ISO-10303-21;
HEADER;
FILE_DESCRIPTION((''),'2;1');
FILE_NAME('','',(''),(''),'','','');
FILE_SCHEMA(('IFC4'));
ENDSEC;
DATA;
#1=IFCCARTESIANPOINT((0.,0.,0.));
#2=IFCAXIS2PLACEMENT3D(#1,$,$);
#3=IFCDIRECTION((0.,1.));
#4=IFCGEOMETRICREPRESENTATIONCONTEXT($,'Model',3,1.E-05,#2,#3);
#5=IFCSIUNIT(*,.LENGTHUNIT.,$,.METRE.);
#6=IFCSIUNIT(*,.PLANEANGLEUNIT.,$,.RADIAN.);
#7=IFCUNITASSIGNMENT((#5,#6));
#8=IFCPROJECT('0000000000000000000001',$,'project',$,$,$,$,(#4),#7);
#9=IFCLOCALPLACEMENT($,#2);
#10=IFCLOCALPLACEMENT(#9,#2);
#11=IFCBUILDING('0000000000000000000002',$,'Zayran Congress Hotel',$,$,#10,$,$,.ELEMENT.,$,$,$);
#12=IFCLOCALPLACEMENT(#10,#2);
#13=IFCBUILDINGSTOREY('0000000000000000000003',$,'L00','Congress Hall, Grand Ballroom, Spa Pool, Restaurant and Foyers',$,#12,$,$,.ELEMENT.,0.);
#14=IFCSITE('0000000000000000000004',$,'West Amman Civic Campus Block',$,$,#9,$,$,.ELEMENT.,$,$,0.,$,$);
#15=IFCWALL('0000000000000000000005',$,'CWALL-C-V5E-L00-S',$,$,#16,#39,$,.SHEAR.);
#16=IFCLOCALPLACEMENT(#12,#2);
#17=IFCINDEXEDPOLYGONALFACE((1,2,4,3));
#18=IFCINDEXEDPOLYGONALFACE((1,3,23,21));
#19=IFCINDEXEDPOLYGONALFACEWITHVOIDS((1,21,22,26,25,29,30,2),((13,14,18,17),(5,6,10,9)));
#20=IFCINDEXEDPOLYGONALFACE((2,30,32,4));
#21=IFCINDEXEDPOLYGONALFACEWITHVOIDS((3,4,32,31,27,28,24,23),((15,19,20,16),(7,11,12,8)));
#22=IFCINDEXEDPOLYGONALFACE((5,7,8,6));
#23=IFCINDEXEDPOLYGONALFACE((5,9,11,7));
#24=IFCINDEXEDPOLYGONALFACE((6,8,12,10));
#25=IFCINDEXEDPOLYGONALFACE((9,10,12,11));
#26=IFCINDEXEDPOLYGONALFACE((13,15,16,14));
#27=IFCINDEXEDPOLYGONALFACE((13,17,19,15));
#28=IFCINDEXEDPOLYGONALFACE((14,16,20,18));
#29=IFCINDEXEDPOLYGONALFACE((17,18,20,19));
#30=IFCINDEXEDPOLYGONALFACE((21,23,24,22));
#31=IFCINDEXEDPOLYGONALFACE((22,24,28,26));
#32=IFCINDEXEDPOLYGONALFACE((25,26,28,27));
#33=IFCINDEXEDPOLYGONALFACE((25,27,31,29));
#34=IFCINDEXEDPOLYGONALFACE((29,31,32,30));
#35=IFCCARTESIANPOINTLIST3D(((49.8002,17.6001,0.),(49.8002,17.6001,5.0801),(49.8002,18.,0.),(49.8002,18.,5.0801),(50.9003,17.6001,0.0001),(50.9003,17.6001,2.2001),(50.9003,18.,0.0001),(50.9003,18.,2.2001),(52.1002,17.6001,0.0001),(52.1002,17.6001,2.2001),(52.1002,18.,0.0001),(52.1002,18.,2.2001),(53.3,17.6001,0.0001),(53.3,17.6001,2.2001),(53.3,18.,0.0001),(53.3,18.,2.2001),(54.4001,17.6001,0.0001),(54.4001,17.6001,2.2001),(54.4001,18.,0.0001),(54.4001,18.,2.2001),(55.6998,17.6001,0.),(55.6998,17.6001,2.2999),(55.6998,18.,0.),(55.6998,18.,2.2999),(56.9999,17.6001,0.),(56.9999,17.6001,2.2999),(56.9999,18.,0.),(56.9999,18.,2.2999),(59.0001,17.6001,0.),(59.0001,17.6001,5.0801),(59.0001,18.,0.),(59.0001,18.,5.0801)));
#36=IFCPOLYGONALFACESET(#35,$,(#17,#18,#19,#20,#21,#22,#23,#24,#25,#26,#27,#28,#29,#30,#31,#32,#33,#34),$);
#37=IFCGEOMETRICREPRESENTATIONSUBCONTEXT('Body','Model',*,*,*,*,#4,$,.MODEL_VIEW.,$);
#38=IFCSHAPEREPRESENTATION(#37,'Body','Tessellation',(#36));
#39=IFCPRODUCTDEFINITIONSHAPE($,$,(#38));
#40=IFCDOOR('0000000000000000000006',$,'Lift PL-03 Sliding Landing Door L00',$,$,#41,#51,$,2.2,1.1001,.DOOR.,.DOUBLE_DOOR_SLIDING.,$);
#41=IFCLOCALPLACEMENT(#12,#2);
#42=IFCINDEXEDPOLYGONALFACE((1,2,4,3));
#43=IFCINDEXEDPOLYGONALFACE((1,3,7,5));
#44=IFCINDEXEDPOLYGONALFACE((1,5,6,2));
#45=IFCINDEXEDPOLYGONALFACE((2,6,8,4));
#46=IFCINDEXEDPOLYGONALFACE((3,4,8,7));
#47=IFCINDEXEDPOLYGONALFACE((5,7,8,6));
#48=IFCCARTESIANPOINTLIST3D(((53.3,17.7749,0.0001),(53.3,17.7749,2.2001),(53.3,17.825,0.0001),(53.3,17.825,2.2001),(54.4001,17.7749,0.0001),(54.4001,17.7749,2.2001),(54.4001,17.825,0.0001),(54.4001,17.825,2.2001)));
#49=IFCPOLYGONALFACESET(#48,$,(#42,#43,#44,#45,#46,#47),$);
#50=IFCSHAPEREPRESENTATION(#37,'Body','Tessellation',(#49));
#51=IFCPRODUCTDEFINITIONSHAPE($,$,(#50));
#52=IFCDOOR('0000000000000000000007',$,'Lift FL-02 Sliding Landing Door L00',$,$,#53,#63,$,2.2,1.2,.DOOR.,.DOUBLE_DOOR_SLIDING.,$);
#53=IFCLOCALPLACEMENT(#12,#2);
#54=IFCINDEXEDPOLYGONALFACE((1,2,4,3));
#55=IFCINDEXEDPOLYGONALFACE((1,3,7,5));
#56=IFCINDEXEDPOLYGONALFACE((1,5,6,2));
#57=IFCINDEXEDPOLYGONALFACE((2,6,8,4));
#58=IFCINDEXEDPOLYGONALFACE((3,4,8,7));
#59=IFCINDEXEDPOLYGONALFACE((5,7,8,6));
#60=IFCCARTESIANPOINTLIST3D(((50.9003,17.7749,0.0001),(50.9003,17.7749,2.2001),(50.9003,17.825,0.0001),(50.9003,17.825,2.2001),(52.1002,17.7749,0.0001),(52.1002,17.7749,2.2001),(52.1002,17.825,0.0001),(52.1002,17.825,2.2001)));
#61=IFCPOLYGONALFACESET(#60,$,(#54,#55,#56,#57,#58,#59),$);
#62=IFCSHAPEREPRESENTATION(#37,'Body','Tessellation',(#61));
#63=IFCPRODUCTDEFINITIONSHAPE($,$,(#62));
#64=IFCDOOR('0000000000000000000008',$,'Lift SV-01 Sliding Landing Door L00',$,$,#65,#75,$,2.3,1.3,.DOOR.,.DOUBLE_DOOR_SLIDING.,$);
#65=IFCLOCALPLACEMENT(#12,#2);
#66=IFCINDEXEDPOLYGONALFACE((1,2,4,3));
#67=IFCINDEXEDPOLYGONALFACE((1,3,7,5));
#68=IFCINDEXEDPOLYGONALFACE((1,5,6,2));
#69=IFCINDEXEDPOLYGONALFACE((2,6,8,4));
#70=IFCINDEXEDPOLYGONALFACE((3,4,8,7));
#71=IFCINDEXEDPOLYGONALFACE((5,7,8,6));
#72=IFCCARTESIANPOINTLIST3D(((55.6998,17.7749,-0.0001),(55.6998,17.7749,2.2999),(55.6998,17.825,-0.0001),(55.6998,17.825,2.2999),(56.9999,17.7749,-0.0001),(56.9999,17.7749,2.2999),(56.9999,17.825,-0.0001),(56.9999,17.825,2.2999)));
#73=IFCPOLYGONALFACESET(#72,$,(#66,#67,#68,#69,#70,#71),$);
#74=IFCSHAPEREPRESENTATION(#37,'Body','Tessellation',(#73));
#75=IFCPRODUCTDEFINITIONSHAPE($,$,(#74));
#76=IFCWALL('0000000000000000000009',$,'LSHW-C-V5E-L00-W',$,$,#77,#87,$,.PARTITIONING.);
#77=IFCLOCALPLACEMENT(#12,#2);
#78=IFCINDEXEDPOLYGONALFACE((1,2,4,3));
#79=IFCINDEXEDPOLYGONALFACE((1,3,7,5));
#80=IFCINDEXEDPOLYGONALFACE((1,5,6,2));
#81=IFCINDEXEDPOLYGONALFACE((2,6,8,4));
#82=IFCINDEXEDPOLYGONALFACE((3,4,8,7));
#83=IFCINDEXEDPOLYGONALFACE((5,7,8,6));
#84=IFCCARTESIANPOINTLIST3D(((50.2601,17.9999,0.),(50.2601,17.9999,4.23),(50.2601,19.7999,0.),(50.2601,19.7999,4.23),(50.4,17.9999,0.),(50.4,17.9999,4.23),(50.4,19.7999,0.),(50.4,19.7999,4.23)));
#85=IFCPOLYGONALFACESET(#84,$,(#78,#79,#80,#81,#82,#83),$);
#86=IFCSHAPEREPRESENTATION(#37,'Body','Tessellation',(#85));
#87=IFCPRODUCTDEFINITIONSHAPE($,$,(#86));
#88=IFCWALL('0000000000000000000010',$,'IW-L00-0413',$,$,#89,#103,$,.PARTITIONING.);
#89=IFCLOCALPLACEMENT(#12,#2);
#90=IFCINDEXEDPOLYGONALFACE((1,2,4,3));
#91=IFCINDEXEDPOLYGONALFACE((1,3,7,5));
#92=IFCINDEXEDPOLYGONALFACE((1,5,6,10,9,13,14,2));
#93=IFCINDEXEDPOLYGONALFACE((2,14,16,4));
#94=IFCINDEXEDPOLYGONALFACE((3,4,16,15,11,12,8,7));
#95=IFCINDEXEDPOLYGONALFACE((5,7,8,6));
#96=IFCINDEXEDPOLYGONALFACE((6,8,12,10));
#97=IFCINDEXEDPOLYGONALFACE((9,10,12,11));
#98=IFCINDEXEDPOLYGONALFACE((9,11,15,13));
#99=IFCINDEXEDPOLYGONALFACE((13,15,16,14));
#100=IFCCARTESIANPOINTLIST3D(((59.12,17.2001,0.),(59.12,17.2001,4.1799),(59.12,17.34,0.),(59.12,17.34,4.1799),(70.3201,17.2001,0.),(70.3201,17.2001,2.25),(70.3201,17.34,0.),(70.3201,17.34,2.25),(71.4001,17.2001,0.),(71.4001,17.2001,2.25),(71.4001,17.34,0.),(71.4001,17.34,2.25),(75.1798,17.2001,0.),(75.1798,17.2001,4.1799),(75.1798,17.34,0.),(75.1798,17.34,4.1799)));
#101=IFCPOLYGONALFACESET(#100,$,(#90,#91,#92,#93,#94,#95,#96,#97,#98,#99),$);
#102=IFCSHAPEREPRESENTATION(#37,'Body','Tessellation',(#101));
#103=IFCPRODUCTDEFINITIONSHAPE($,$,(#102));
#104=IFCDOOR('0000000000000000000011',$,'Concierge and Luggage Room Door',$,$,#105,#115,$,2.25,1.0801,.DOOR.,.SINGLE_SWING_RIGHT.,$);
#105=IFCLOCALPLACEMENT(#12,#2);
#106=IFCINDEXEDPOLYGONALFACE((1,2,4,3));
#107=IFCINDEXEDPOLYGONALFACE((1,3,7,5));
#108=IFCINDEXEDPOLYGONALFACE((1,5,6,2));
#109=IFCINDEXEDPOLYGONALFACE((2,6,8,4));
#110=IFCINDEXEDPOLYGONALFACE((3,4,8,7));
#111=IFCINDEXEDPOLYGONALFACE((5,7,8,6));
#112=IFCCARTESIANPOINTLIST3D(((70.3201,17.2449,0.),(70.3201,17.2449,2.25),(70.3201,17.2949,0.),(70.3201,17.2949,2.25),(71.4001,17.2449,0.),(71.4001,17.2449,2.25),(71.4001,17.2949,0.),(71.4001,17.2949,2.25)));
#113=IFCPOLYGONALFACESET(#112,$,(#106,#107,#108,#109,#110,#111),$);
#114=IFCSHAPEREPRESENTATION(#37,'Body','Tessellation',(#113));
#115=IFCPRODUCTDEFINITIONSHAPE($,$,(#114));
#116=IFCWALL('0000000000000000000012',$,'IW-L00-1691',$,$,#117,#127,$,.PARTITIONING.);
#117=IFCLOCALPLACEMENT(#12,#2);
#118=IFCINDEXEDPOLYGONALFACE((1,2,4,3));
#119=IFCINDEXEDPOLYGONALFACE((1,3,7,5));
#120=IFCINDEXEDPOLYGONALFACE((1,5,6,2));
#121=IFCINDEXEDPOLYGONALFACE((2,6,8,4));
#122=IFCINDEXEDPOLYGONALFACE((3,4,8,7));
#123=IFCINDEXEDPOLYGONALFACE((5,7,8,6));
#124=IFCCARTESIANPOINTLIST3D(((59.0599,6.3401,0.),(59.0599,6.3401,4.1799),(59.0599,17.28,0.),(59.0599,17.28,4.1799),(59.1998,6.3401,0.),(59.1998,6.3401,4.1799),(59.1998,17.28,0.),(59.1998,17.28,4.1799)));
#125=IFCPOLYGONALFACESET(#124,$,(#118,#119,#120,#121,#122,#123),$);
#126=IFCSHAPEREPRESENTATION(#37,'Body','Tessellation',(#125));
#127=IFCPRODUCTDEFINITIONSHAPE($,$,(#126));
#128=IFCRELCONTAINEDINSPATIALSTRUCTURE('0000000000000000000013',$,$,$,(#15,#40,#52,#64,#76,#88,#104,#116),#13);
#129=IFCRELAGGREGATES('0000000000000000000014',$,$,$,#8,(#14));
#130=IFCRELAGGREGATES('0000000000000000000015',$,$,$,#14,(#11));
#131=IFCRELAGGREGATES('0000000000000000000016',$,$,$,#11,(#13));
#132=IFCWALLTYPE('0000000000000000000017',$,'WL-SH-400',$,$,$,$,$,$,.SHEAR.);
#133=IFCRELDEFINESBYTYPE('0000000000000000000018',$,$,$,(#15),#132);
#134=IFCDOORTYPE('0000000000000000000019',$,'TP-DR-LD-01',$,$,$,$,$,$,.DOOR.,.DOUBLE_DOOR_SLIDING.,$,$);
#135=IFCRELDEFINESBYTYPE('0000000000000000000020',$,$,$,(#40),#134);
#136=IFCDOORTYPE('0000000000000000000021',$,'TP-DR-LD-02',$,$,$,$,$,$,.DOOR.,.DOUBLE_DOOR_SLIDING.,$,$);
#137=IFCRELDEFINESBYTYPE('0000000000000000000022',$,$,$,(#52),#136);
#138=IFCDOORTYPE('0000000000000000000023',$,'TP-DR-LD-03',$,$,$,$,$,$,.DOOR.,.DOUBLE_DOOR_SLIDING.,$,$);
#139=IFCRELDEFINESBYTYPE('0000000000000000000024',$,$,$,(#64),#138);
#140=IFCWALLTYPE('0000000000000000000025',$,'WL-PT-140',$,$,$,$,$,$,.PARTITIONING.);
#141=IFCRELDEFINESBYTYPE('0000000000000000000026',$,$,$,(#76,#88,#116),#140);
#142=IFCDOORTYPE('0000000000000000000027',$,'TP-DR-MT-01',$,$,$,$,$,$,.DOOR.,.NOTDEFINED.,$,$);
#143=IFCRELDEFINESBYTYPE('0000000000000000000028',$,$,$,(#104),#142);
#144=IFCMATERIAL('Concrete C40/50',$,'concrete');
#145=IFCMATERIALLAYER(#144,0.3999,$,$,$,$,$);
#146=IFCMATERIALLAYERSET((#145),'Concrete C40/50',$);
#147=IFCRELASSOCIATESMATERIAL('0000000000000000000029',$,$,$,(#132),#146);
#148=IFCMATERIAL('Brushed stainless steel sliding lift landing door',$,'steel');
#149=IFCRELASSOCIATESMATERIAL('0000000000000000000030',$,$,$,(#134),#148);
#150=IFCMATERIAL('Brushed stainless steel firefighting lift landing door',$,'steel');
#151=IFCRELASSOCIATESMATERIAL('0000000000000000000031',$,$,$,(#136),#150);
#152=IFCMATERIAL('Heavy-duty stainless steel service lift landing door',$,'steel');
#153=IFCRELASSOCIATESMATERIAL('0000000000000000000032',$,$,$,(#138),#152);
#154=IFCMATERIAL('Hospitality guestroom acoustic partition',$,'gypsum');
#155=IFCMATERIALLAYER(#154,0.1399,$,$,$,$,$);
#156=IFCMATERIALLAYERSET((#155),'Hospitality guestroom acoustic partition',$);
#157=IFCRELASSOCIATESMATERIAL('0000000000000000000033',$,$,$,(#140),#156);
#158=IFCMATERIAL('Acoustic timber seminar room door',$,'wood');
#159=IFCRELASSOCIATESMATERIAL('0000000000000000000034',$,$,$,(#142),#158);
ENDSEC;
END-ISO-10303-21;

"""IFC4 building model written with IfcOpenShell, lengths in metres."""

from ifc_helpers import new_model, si_unit, direction, frame, frame_2d, origin, place, context, subcontext, project, spatial, rectangle, extrude, material, layer, layer_set, type_object, element, fill, save


model = new_model("IFC4")

# Units and contexts
model_context = context("Model", 3, precision=1e-05, world=origin(), true_north=direction((0.0, 1.0)))
body_context = subcontext(model_context, "Body", "Model", "MODEL_VIEW")
ifc_project = project(units=[si_unit("LENGTHUNIT", "METRE"), si_unit("PLANEANGLEUNIT", "RADIAN")], contexts=[model_context])

# Site, building, storey
site_placement = place(None, origin())
site = spatial("IfcSite", under=ifc_project, at=site_placement, Name="West Amman Civic Campus Block", CompositionType="ELEMENT", RefElevation=0.0)
building_placement = place(site_placement, origin())
building = spatial("IfcBuilding", under=site, at=building_placement, Name="Zayran Congress Hotel", CompositionType="ELEMENT")
storey_placement = place(building_placement, origin())
storey = spatial("IfcBuildingStorey", under=building, at=storey_placement, Name="L00", Description="Congress Hall, Grand Ballroom, Spa Pool, Restaurant and Foyers", CompositionType="ELEMENT", Elevation=0.0)

# Shared definitions
ifc_material_1 = material(Name="Concrete C40/50", Category="concrete")

# Wall, openings, doors
ifc_layer_1 = layer(ifc_material_1, 0.3999)
ifc_layer_set_1 = layer_set([ifc_layer_1], Name="Concrete C40/50")
wall_type_1 = type_object("IfcWallType", Name="WL-SH-400", PredefinedType="SHEAR", material=ifc_layer_set_1)
wall_1_placement = place(storey_placement, frame((49.8, 17.8, 0.0), z_axis=(0.0, 0.0, 1.0), x_axis=(1.0, 0.0, 0.0)))
wall_1 = element("IfcWall", 1, at=wall_1_placement, inside=storey, type_object=wall_type_1, Name="CWALL-C-V5E-L00-S", PredefinedType="SHEAR", context=body_context, shape_type="SweptSolid", body=[
    extrude(rectangle(XDim=9.2, YDim=0.3999, at=frame_2d((4.6001, 0.0))), origin(), (0.0, 0.0, 1.0), 5.0801),
])
opening_1_placement = place(wall_1_placement, frame((1.1001, 0.0, 0.0)))
opening_1 = element("IfcOpeningElement", 2, at=opening_1_placement, cuts=wall_1, PredefinedType="OPENING", context=body_context, shape_type="SweptSolid", body=[
    extrude(rectangle(XDim=1.2, YDim=2.2, at=frame_2d((0.6001, 1.1001))), frame((0.0, 0.21, 0.0), z_axis=(0.0, -1.0, 0.0), x_axis=(1.0, 0.0, 0.0)), (0.0, 0.0, 1.0), 0.4199),
])
opening_2_placement = place(wall_1_placement, frame((3.5, 0.0, 0.0)))
opening_2 = element("IfcOpeningElement", 3, at=opening_2_placement, cuts=wall_1, PredefinedType="OPENING", context=body_context, shape_type="SweptSolid", body=[
    extrude(rectangle(XDim=1.1001, YDim=2.2, at=frame_2d((0.55, 1.1001))), frame((0.0, 0.21, 0.0), z_axis=(0.0, -1.0, 0.0), x_axis=(1.0, 0.0, 0.0)), (0.0, 0.0, 1.0), 0.4199),
])
opening_3_placement = place(wall_1_placement, frame((5.8999, 0.0, 0.0)))
opening_3 = element("IfcOpeningElement", 4, at=opening_3_placement, cuts=wall_1, PredefinedType="OPENING", context=body_context, shape_type="SweptSolid", body=[
    extrude(rectangle(XDim=1.3, YDim=2.3, at=frame_2d((0.6499, 1.1499))), frame((0.0, 0.21, 0.0), z_axis=(0.0, -1.0, 0.0), x_axis=(1.0, 0.0, 0.0)), (0.0, 0.0, 1.0), 0.4199),
])
ifc_material_2 = material(Name="Brushed stainless steel sliding lift landing door", Category="steel")
door_type_1 = type_object("IfcDoorType", Name="TP-DR-LD-01", OperationType="DOUBLE_DOOR_SLIDING", PredefinedType="DOOR", material=ifc_material_2)
door_1_placement = place(opening_2_placement, origin())
door_1 = element("IfcDoor", 5, at=door_1_placement, inside=storey, type_object=door_type_1, Name="Lift PL-03 Sliding Landing Door L00", OperationType="DOUBLE_DOOR_SLIDING", OverallHeight=2.2, OverallWidth=1.1001, PredefinedType="DOOR", context=body_context, shape_type="SweptSolid", body=[
    extrude(rectangle(XDim=1.1001, YDim=2.2, at=frame_2d((0.55, 1.1001))), frame((0.0, 0.0249, 0.0), z_axis=(0.0, -1.0, 0.0), x_axis=(1.0, 0.0, 0.0)), (0.0, 0.0, 1.0), 0.05),
])
fill(opening_2, door_1)
ifc_material_3 = material(Name="Brushed stainless steel firefighting lift landing door", Category="steel")
door_type_2 = type_object("IfcDoorType", Name="TP-DR-LD-02", OperationType="DOUBLE_DOOR_SLIDING", PredefinedType="DOOR", material=ifc_material_3)
door_2_placement = place(opening_1_placement, origin())
door_2 = element("IfcDoor", 6, at=door_2_placement, inside=storey, type_object=door_type_2, Name="Lift FL-02 Sliding Landing Door L00", OperationType="DOUBLE_DOOR_SLIDING", OverallHeight=2.2, OverallWidth=1.2, PredefinedType="DOOR", context=body_context, shape_type="SweptSolid", body=[
    extrude(rectangle(XDim=1.2, YDim=2.2, at=frame_2d((0.6001, 1.1001))), frame((0.0, 0.0249, 0.0), z_axis=(0.0, -1.0, 0.0), x_axis=(1.0, 0.0, 0.0)), (0.0, 0.0, 1.0), 0.05),
])
fill(opening_1, door_2)
ifc_material_4 = material(Name="Heavy-duty stainless steel service lift landing door", Category="steel")
door_type_3 = type_object("IfcDoorType", Name="TP-DR-LD-03", OperationType="DOUBLE_DOOR_SLIDING", PredefinedType="DOOR", material=ifc_material_4)
door_3_placement = place(opening_3_placement, origin())
door_3 = element("IfcDoor", 7, at=door_3_placement, inside=storey, type_object=door_type_3, Name="Lift SV-01 Sliding Landing Door L00", OperationType="DOUBLE_DOOR_SLIDING", OverallHeight=2.3, OverallWidth=1.3, PredefinedType="DOOR", context=body_context, shape_type="SweptSolid", body=[
    extrude(rectangle(XDim=1.3, YDim=2.3, at=frame_2d((0.6499, 1.1499))), frame((0.0, 0.0249, 0.0), z_axis=(0.0, -1.0, 0.0), x_axis=(1.0, 0.0, 0.0)), (0.0, 0.0, 1.0), 0.05),
])
fill(opening_3, door_3)

# Wall
ifc_material_5 = material(Name="Hospitality guestroom acoustic partition", Category="gypsum")
ifc_layer_2 = layer(ifc_material_5, 0.1399)
ifc_layer_set_2 = layer_set([ifc_layer_2], Name="Hospitality guestroom acoustic partition")
wall_type_2 = type_object("IfcWallType", Name="WL-PT-140", PredefinedType="PARTITIONING", material=ifc_layer_set_2)
wall_2_placement = place(storey_placement, frame((50.3301, 18.0, 0.0), z_axis=(0.0, 0.0, 1.0), x_axis=(0.0, 1.0, 0.0)))
element("IfcWall", 8, at=wall_2_placement, inside=storey, type_object=wall_type_2, Name="LSHW-C-V5E-L00-W", PredefinedType="PARTITIONING", context=body_context, shape_type="SweptSolid", body=[
    extrude(rectangle(XDim=1.8, YDim=0.1399, at=frame_2d((0.8999, 0.0))), origin(), (0.0, 0.0, 1.0), 4.23),
])

# Wall, opening, door
wall_3_placement = place(storey_placement, frame((59.1201, 17.27, 0.0), z_axis=(0.0, 0.0, 1.0), x_axis=(1.0, 0.0, 0.0)))
wall_3 = element("IfcWall", 9, at=wall_3_placement, inside=storey, type_object=wall_type_2, Name="IW-L00-0413", PredefinedType="PARTITIONING", context=body_context, shape_type="SweptSolid", body=[
    extrude(rectangle(XDim=16.0598, YDim=0.1399, at=frame_2d((8.0298, 0.0))), origin(), (0.0, 0.0, 1.0), 4.1799),
])
opening_4_placement = place(wall_3_placement, frame((11.2, 0.0, 0.0)))
opening_4 = element("IfcOpeningElement", 10, at=opening_4_placement, cuts=wall_3, PredefinedType="OPENING", context=body_context, shape_type="SweptSolid", body=[
    extrude(rectangle(XDim=1.0801, YDim=2.25, at=frame_2d((0.54, 1.125))), frame((0.0, 0.0798, 0.0), z_axis=(0.0, -1.0, 0.0), x_axis=(1.0, 0.0, 0.0)), (0.0, 0.0, 1.0), 0.1599),
])
ifc_material_6 = material(Name="Acoustic timber seminar room door", Category="wood")
door_type_4 = type_object("IfcDoorType", Name="TP-DR-MT-01", OperationType="NOTDEFINED", PredefinedType="DOOR", material=ifc_material_6)
door_4_placement = place(opening_4_placement, origin())
door_4 = element("IfcDoor", 11, at=door_4_placement, inside=storey, type_object=door_type_4, Name="Concierge and Luggage Room Door", OperationType="SINGLE_SWING_RIGHT", OverallHeight=2.25, OverallWidth=1.0801, PredefinedType="DOOR", context=body_context, shape_type="SweptSolid", body=[
    extrude(rectangle(XDim=1.0801, YDim=2.25, at=frame_2d((0.54, 1.125))), frame((0.0, 0.0249, 0.0), z_axis=(0.0, -1.0, 0.0), x_axis=(1.0, 0.0, 0.0)), (0.0, 0.0, 1.0), 0.05),
])
fill(opening_4, door_4)

# Wall
wall_4_placement = place(storey_placement, frame((59.1299, 6.3401, 0.0), z_axis=(0.0, 0.0, 1.0), x_axis=(0.0, 1.0, 0.0)))
element("IfcWall", 12, at=wall_4_placement, inside=storey, type_object=wall_type_2, Name="IW-L00-1691", PredefinedType="PARTITIONING", context=body_context, shape_type="SweptSolid", body=[
    extrude(rectangle(XDim=10.9399, YDim=0.1399, at=frame_2d((5.47, 0.0))), origin(), (0.0, 0.0, 1.0), 4.1799),
])

save(model, "model.ifc")
